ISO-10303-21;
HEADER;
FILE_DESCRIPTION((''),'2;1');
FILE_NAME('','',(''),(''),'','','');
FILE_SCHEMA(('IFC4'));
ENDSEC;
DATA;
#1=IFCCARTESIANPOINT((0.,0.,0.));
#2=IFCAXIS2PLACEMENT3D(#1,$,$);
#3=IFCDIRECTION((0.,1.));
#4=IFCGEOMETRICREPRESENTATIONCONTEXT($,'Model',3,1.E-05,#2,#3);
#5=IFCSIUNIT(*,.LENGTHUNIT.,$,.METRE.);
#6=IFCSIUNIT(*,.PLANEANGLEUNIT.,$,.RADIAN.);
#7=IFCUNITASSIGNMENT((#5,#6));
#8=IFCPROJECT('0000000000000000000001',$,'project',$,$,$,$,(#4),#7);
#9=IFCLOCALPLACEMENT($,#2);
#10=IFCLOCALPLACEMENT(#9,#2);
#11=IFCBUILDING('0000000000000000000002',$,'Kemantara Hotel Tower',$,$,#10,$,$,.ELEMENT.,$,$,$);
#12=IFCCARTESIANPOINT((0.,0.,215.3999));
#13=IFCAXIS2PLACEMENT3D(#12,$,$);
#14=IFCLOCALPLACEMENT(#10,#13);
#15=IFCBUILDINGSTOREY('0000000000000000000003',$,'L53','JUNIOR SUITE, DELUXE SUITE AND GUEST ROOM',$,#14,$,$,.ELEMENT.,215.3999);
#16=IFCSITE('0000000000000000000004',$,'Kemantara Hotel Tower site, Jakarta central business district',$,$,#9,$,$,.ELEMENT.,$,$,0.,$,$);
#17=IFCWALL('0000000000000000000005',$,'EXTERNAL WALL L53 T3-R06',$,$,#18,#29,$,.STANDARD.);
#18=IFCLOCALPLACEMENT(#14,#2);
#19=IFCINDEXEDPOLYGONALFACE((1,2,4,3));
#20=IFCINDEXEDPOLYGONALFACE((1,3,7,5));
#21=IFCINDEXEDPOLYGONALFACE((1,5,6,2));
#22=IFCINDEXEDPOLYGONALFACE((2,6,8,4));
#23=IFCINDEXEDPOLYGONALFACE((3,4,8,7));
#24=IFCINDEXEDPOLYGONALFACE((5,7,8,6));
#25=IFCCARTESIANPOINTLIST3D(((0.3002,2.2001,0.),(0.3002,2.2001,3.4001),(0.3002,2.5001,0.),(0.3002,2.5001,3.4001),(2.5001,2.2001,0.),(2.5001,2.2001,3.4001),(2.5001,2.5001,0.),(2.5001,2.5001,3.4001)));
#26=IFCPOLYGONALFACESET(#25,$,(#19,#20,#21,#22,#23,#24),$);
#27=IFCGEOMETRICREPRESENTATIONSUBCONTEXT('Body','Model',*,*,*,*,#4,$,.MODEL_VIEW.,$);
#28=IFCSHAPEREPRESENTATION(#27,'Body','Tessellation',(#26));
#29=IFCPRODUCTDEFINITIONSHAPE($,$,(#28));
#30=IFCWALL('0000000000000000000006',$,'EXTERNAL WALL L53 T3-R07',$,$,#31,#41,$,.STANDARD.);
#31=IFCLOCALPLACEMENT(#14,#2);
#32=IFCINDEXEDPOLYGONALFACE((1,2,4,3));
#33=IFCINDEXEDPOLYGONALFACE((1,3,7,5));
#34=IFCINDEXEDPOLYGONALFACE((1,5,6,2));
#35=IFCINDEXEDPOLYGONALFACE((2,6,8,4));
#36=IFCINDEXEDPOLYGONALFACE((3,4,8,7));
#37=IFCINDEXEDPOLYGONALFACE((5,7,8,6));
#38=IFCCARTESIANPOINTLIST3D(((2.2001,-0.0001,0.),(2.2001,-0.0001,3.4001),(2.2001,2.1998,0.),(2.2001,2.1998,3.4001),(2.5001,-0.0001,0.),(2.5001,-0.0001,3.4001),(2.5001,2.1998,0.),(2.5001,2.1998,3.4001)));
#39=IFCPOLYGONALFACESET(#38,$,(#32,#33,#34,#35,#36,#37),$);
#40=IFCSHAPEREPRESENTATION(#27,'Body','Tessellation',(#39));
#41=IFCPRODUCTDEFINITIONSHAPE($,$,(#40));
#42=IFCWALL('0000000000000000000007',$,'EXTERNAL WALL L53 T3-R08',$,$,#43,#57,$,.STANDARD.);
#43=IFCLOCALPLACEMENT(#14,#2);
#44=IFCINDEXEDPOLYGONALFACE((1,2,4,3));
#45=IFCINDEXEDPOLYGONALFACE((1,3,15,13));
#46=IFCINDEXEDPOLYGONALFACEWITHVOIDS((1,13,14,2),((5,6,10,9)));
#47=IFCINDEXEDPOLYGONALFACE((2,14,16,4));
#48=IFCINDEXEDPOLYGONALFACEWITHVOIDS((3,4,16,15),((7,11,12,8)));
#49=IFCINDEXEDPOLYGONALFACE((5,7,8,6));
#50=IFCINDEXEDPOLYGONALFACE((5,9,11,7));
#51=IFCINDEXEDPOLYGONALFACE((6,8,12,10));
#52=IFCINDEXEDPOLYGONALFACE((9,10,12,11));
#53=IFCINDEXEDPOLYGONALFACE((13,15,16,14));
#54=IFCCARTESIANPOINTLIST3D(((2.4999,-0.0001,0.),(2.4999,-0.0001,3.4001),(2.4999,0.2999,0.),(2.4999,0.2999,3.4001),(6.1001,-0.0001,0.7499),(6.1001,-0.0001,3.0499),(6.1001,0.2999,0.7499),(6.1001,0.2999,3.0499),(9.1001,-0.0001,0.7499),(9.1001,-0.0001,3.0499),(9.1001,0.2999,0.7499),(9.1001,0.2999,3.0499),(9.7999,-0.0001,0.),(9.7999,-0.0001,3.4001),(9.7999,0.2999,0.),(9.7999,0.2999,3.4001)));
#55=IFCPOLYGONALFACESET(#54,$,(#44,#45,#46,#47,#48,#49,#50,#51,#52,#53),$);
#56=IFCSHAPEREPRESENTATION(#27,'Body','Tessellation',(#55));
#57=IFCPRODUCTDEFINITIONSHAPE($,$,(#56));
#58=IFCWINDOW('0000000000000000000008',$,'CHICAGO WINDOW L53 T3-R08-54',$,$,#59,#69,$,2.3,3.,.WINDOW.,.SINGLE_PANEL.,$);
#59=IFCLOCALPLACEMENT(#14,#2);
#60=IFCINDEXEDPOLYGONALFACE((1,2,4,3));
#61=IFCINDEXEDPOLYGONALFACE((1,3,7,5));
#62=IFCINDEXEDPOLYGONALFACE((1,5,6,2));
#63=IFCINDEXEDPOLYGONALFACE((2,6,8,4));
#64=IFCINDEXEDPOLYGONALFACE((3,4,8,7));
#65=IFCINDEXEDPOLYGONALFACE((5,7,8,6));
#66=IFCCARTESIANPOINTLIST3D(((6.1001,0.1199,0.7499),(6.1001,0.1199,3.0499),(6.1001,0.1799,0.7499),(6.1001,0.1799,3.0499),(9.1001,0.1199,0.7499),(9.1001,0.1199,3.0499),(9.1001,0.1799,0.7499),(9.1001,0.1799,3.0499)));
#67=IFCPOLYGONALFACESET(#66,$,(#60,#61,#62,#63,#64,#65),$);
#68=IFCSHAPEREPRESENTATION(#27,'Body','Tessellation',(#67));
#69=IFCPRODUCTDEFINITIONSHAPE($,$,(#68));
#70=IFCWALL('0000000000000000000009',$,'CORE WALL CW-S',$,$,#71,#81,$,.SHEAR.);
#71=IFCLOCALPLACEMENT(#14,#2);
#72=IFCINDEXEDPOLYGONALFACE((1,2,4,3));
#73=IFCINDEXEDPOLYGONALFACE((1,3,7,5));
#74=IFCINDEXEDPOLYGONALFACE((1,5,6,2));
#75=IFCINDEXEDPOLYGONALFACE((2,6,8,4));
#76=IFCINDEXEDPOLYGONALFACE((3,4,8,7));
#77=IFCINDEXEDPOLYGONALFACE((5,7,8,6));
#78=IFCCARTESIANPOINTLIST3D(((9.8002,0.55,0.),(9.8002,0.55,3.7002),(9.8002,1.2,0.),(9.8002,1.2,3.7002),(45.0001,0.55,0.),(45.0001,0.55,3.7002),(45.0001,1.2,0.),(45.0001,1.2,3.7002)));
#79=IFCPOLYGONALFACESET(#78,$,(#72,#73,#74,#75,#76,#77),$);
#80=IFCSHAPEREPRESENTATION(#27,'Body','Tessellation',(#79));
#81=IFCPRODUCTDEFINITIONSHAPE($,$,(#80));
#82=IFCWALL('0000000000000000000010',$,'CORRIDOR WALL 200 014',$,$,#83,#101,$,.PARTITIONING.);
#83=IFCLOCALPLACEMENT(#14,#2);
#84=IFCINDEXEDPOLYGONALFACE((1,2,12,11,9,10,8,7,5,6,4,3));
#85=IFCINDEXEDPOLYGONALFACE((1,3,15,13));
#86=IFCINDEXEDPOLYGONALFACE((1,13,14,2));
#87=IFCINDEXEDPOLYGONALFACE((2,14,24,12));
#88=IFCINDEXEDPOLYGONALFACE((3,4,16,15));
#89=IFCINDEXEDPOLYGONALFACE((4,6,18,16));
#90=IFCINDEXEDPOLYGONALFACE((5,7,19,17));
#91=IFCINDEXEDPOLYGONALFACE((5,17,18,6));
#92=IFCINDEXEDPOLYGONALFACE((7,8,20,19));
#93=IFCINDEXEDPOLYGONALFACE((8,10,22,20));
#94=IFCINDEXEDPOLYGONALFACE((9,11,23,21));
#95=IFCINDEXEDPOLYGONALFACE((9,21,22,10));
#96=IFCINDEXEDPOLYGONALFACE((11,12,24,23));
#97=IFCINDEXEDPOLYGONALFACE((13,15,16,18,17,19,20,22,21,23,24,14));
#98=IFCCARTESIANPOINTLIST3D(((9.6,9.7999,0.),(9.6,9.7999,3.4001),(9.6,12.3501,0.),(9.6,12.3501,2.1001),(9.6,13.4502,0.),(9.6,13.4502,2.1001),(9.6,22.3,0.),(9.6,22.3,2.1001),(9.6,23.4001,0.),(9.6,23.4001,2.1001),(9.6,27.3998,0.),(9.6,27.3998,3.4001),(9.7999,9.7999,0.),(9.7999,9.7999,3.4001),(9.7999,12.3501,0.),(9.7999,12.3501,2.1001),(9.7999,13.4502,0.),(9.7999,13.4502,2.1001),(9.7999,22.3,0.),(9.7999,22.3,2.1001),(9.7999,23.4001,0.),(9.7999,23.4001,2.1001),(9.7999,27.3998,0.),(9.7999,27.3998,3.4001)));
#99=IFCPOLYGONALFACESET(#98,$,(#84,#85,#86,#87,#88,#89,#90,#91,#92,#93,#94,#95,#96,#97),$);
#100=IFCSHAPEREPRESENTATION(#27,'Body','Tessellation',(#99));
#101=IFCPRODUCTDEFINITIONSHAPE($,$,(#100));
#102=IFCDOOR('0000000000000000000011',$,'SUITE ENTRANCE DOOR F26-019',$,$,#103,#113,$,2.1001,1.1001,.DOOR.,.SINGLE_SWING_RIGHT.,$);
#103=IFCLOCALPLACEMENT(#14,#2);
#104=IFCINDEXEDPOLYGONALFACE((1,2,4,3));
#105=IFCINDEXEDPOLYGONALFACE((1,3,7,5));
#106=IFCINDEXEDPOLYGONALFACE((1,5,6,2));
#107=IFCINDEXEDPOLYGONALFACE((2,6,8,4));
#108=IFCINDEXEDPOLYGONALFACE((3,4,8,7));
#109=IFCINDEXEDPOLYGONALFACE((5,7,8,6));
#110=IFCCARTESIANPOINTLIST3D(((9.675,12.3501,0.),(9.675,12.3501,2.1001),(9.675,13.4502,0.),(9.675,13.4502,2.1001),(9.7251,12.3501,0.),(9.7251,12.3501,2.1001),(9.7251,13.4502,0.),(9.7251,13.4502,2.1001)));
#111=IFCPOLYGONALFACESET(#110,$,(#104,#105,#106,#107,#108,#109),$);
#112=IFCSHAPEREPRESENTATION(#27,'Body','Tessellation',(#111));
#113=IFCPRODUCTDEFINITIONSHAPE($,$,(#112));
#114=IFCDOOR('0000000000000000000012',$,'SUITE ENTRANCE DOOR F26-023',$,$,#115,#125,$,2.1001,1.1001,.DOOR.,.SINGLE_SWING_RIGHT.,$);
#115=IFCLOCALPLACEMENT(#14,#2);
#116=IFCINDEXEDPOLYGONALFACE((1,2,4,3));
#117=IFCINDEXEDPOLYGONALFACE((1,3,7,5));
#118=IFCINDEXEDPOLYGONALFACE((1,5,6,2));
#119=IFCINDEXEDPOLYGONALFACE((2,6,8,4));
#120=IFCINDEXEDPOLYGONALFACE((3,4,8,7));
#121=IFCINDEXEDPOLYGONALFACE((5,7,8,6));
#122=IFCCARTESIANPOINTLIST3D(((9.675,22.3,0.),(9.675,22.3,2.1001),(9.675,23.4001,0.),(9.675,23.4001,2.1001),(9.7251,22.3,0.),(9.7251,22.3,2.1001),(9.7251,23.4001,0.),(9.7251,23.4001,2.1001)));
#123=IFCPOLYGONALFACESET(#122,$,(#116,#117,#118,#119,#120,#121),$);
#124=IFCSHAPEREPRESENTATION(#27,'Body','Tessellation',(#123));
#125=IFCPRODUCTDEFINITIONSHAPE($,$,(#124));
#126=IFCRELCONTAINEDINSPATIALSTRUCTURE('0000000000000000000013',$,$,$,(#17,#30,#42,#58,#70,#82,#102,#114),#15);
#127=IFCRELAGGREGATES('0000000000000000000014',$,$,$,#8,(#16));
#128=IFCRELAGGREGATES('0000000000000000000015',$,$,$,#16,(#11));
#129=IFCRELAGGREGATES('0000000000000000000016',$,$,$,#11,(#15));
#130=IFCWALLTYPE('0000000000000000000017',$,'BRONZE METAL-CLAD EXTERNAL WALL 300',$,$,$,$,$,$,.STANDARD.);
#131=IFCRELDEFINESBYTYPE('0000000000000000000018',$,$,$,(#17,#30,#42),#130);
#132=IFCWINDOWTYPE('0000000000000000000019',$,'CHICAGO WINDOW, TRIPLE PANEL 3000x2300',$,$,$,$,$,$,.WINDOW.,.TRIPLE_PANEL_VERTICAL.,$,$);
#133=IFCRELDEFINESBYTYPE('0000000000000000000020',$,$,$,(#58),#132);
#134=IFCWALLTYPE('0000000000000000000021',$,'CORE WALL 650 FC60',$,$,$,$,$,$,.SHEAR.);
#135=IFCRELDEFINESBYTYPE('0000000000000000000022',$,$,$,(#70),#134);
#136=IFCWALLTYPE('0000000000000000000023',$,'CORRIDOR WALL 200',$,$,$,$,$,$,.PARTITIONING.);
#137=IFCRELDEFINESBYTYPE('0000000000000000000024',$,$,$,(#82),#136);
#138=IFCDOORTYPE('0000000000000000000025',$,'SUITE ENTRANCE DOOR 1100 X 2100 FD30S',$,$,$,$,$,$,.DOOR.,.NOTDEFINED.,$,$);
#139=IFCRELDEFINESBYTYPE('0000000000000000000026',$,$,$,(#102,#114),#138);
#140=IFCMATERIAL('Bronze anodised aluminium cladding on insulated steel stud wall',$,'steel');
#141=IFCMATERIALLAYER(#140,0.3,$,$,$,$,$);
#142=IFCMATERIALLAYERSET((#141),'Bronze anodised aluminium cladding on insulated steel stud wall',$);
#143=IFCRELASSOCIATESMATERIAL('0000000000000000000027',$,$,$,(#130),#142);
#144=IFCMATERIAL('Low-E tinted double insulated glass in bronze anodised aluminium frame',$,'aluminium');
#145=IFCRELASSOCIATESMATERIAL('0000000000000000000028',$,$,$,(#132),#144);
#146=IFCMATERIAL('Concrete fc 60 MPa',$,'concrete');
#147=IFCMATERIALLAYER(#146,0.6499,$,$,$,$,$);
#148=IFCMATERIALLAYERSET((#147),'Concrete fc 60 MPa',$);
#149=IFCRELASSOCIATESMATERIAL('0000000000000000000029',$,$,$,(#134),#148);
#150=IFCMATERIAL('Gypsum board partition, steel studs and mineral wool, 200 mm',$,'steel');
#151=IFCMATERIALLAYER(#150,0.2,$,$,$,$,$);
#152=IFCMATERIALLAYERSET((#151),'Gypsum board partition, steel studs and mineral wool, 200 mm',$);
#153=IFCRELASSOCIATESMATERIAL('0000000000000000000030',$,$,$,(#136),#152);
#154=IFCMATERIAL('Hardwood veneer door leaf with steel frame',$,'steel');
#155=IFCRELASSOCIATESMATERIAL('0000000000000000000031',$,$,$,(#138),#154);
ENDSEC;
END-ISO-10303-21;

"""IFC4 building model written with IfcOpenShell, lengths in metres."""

from ifc_helpers import new_model, si_unit, direction, frame, frame_2d, origin, place, context, subcontext, project, spatial, rectangle, extrude, material, layer, layer_set, type_object, element, fill, save


model = new_model("IFC4")

# Units and contexts
model_context = context("Model", 3, precision=1e-05, world=origin(), true_north=direction((0.0, 1.0)))
body_context = subcontext(model_context, "Body", "Model", "MODEL_VIEW")
ifc_project = project(units=[si_unit("LENGTHUNIT", "METRE"), si_unit("PLANEANGLEUNIT", "RADIAN")], contexts=[model_context])

# Site, building, storey
site_placement = place(None, origin())
site = spatial("IfcSite", under=ifc_project, at=site_placement, Name="Kemantara Hotel Tower site, Jakarta central business district", CompositionType="ELEMENT", RefElevation=0.0)
building_placement = place(site_placement, origin())
building = spatial("IfcBuilding", under=site, at=building_placement, Name="Kemantara Hotel Tower", CompositionType="ELEMENT")
storey_placement = place(building_placement, frame((0.0, 0.0, 215.3999)))
storey = spatial("IfcBuildingStorey", under=building, at=storey_placement, Name="L53", Description="JUNIOR SUITE, DELUXE SUITE AND GUEST ROOM", CompositionType="ELEMENT", Elevation=215.3999)

# Shared definitions
ifc_material_1 = material(Name="Concrete fc 60 MPa", Category="concrete")

# Walls
ifc_material_2 = material(Name="Bronze anodised aluminium cladding on insulated steel stud wall", Category="steel")
ifc_layer_1 = layer(ifc_material_2, 0.3)
ifc_layer_set_1 = layer_set([ifc_layer_1], Name="Bronze anodised aluminium cladding on insulated steel stud wall")
wall_type_1 = type_object("IfcWallType", Name="BRONZE METAL-CLAD EXTERNAL WALL 300", PredefinedType="STANDARD", material=ifc_layer_set_1)
for number, where, z_axis, x_axis, name in (
    (1, (0.3, 2.3501, 0.0), (0.0, 0.0, 1.0), (1.0, 0.0, 0.0), "EXTERNAL WALL L53 T3-R06"),
    (2, (2.3501, 2.2, 0.0), (0.0, 0.0, 1.0), (0.0, -1.0, 0.0), "EXTERNAL WALL L53 T3-R07"),
):
    element("IfcWall", number, at=place(storey_placement, frame(where, z_axis=z_axis, x_axis=x_axis)), inside=storey, type_object=wall_type_1, Name=name, PredefinedType="STANDARD", context=body_context, shape_type="SweptSolid", body=[
        extrude(rectangle(XDim=2.2, YDim=0.3, at=frame_2d((1.1001, 0.0))), origin(), (0.0, 0.0, 1.0), 3.4001),
    ])

# Wall, opening, window
wall_1_placement = place(storey_placement, frame((2.5, 0.1499, 0.0), z_axis=(0.0, 0.0, 1.0), x_axis=(1.0, 0.0, 0.0)))
wall_1 = element("IfcWall", 3, at=wall_1_placement, inside=storey, type_object=wall_type_1, Name="EXTERNAL WALL L53 T3-R08", PredefinedType="STANDARD", context=body_context, shape_type="SweptSolid", body=[
    extrude(rectangle(XDim=7.3, YDim=0.3, at=frame_2d((3.6499, 0.0))), origin(), (0.0, 0.0, 1.0), 3.4001),
])
opening_1_placement = place(wall_1_placement, frame((3.6001, 0.0, 0.75)))
opening_1 = element("IfcOpeningElement", 4, at=opening_1_placement, cuts=wall_1, PredefinedType="OPENING", context=body_context, shape_type="SweptSolid", body=[
    extrude(rectangle(XDim=3.0, YDim=2.3, at=frame_2d((1.5, 1.1499))), frame((0.0, 0.1599, 0.0), z_axis=(0.0, -1.0, 0.0), x_axis=(1.0, 0.0, 0.0)), (0.0, 0.0, 1.0), 0.3201),
])
ifc_material_3 = material(Name="Low-E tinted double insulated glass in bronze anodised aluminium frame", Category="aluminium")
window_type = type_object("IfcWindowType", Name="CHICAGO WINDOW, TRIPLE PANEL 3000x2300", PartitioningType="TRIPLE_PANEL_VERTICAL", PredefinedType="WINDOW", material=ifc_material_3)
window_placement = place(opening_1_placement, origin())
window = element("IfcWindow", 5, at=window_placement, inside=storey, type_object=window_type, Name="CHICAGO WINDOW L53 T3-R08-54", OverallHeight=2.3, OverallWidth=3.0, PartitioningType="SINGLE_PANEL", PredefinedType="WINDOW", context=body_context, shape_type="SweptSolid", body=[
    extrude(rectangle(XDim=3.0, YDim=2.3, at=frame_2d((1.5, 1.1499))), frame((0.0, 0.03, 0.0), z_axis=(0.0, -1.0, 0.0), x_axis=(1.0, 0.0, 0.0)), (0.0, 0.0, 1.0), 0.0601),
])
fill(opening_1, window)

# Wall
ifc_layer_2 = layer(ifc_material_1, 0.6499)
ifc_layer_set_2 = layer_set([ifc_layer_2], Name="Concrete fc 60 MPa")
wall_type_2 = type_object("IfcWallType", Name="CORE WALL 650 FC60", PredefinedType="SHEAR", material=ifc_layer_set_2)
wall_2_placement = place(storey_placement, frame((9.8, 0.875, 0.0), z_axis=(0.0, 0.0, 1.0), x_axis=(1.0, 0.0, 0.0)))
element("IfcWall", 6, at=wall_2_placement, inside=storey, type_object=wall_type_2, Name="CORE WALL CW-S", PredefinedType="SHEAR", context=body_context, shape_type="SweptSolid", body=[
    extrude(rectangle(XDim=35.2, YDim=0.6499, at=frame_2d((17.6001, 0.0))), origin(), (0.0, 0.0, 1.0), 3.7002),
])

# Wall, openings, doors
ifc_material_4 = material(Name="Gypsum board partition, steel studs and mineral wool, 200 mm", Category="steel")
ifc_layer_3 = layer(ifc_material_4, 0.2)
ifc_layer_set_3 = layer_set([ifc_layer_3], Name="Gypsum board partition, steel studs and mineral wool, 200 mm")
wall_type_3 = type_object("IfcWallType", Name="CORRIDOR WALL 200", PredefinedType="PARTITIONING", material=ifc_layer_set_3)
wall_3_placement = place(storey_placement, frame((9.7, 9.8, 0.0), z_axis=(0.0, 0.0, 1.0), x_axis=(0.0, 1.0, 0.0)))
wall_3 = element("IfcWall", 7, at=wall_3_placement, inside=storey, type_object=wall_type_3, Name="CORRIDOR WALL 200 014", PredefinedType="PARTITIONING", context=body_context, shape_type="SweptSolid", body=[
    extrude(rectangle(XDim=17.5999, YDim=0.2, at=frame_2d((8.7998, 0.0))), origin(), (0.0, 0.0, 1.0), 3.4001),
])
opening_2_placement = place(wall_3_placement, frame((2.55, 0.0, 0.0)))
opening_2 = element("IfcOpeningElement", 8, at=opening_2_placement, cuts=wall_3, PredefinedType="OPENING", context=body_context, shape_type="SweptSolid", body=[
    extrude(rectangle(XDim=1.1001, YDim=2.1001, at=frame_2d((0.55, 1.05))), frame((0.0, 0.1099, 0.0), z_axis=(0.0, -1.0, 0.0), x_axis=(1.0, 0.0, 0.0)), (0.0, 0.0, 1.0), 0.22),
])
opening_3_placement = place(wall_3_placement, frame((12.5, 0.0, 0.0)))
opening_3 = element("IfcOpeningElement", 9, at=opening_3_placement, cuts=wall_3, PredefinedType="OPENING", context=body_context, shape_type="SweptSolid", body=[
    extrude(rectangle(XDim=1.1001, YDim=2.1001, at=frame_2d((0.55, 1.05))), frame((0.0, 0.1099, 0.0), z_axis=(0.0, -1.0, 0.0), x_axis=(1.0, 0.0, 0.0)), (0.0, 0.0, 1.0), 0.22),
])
ifc_material_5 = material(Name="Hardwood veneer door leaf with steel frame", Category="steel")
door_type_1 = type_object("IfcDoorType", Name="SUITE ENTRANCE DOOR 1100 X 2100 FD30S", OperationType="NOTDEFINED", PredefinedType="DOOR", material=ifc_material_5)
door_1_placement = place(opening_2_placement, origin())
door_1 = element("IfcDoor", 10, at=door_1_placement, inside=storey, type_object=door_type_1, Name="SUITE ENTRANCE DOOR F26-019", OperationType="SINGLE_SWING_RIGHT", OverallHeight=2.1001, OverallWidth=1.1001, PredefinedType="DOOR", context=body_context, shape_type="SweptSolid", body=[
    extrude(rectangle(XDim=1.1001, YDim=2.1001, at=frame_2d((0.55, 1.05))), frame((0.0, 0.0249, 0.0), z_axis=(0.0, -1.0, 0.0), x_axis=(1.0, 0.0, 0.0)), (0.0, 0.0, 1.0), 0.05),
])
fill(opening_2, door_1)
door_2_placement = place(opening_3_placement, origin())
door_2 = element("IfcDoor", 11, at=door_2_placement, inside=storey, type_object=door_type_1, Name="SUITE ENTRANCE DOOR F26-023", OperationType="SINGLE_SWING_RIGHT", OverallHeight=2.1001, OverallWidth=1.1001, PredefinedType="DOOR", context=body_context, shape_type="SweptSolid", body=[
    extrude(rectangle(XDim=1.1001, YDim=2.1001, at=frame_2d((0.55, 1.05))), frame((0.0, 0.0249, 0.0), z_axis=(0.0, -1.0, 0.0), x_axis=(1.0, 0.0, 0.0)), (0.0, 0.0, 1.0), 0.05),
])
fill(opening_3, door_2)

save(model, "model.ifc")
